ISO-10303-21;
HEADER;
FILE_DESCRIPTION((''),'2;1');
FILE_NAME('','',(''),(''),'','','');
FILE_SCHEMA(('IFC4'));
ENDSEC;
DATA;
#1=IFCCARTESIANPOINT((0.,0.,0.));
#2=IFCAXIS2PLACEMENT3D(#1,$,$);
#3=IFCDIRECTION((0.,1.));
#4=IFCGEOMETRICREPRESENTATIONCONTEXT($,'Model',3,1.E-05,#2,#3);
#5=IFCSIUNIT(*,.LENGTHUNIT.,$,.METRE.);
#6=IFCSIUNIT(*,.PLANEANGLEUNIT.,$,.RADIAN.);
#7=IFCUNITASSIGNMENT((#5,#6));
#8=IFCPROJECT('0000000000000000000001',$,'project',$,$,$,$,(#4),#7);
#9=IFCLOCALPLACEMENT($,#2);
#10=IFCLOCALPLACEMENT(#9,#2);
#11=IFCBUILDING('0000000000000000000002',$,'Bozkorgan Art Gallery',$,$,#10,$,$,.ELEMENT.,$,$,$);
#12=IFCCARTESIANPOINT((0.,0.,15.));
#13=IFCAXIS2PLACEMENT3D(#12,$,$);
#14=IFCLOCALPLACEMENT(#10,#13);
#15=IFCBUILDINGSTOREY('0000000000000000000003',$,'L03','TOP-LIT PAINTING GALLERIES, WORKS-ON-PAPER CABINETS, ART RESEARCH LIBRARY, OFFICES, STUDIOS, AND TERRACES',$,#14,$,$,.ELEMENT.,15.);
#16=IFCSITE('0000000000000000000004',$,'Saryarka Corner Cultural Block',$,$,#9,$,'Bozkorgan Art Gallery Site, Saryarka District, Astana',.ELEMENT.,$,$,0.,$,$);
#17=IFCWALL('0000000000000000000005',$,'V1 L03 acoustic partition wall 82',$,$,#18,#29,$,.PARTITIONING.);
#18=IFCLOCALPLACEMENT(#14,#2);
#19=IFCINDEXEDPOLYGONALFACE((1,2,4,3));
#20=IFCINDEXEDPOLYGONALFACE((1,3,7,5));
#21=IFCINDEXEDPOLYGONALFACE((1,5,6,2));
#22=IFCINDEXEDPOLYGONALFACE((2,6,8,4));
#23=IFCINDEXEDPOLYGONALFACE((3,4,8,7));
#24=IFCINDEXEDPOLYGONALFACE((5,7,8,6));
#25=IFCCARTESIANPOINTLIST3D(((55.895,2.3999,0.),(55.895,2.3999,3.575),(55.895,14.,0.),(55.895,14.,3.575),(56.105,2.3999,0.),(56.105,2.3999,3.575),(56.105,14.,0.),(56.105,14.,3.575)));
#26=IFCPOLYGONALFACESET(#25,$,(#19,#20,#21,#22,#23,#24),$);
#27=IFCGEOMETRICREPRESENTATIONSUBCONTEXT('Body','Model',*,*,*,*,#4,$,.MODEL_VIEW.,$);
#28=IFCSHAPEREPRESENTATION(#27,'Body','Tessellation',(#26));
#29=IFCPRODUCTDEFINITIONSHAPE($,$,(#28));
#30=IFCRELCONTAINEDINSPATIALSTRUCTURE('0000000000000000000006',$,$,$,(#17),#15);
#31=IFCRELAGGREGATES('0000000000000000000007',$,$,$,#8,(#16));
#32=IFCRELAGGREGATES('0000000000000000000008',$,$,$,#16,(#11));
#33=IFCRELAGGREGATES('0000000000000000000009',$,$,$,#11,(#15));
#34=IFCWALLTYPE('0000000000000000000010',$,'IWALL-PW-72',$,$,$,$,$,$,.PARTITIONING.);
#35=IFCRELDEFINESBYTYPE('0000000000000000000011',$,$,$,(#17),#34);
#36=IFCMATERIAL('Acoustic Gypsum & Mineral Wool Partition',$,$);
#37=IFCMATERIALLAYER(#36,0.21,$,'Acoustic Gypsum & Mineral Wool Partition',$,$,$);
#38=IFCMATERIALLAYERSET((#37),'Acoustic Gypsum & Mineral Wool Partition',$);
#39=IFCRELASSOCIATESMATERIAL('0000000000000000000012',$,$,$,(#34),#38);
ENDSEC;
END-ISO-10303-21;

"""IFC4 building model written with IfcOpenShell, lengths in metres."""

from ifc_helpers import new_model, si_unit, direction, frame, frame_2d, origin, place, context, subcontext, project, spatial, rectangle, extrude, material, layer, layer_set, type_object, element, save


model = new_model("IFC4")

# Units and contexts
model_context = context("Model", 3, precision=1e-05, world=origin(), true_north=direction((0.0, 1.0)))
body_context = subcontext(model_context, "Body", "Model", "MODEL_VIEW")
ifc_project = project(units=[si_unit("LENGTHUNIT", "METRE"), si_unit("PLANEANGLEUNIT", "RADIAN")], contexts=[model_context])

# Site, building, storey
site_placement = place(None, origin())
site = spatial("IfcSite", under=ifc_project, at=site_placement, Name="Saryarka Corner Cultural Block", LongName="Bozkorgan Art Gallery Site, Saryarka District, Astana", CompositionType="ELEMENT", RefElevation=0.0)
building_placement = place(site_placement, origin())
building = spatial("IfcBuilding", under=site, at=building_placement, Name="Bozkorgan Art Gallery", CompositionType="ELEMENT")
storey_placement = place(building_placement, frame((0.0, 0.0, 15.0)))
storey = spatial("IfcBuildingStorey", under=building, at=storey_placement, Name="L03", Description="TOP-LIT PAINTING GALLERIES, WORKS-ON-PAPER CABINETS, ART RESEARCH LIBRARY, OFFICES, STUDIOS, AND TERRACES", CompositionType="ELEMENT", Elevation=15.0)

# Wall
ifc_material_1 = material(Name="Acoustic Gypsum & Mineral Wool Partition")
ifc_layer_1 = layer(ifc_material_1, 0.21, Name="Acoustic Gypsum & Mineral Wool Partition")
ifc_layer_set_1 = layer_set([ifc_layer_1], Name="Acoustic Gypsum & Mineral Wool Partition")
wall_type = type_object("IfcWallType", Name="IWALL-PW-72", PredefinedType="PARTITIONING", material=ifc_layer_set_1)
wall_placement = place(storey_placement, frame((56.0, 2.3999, 0.0), z_axis=(0.0, 0.0, 1.0), x_axis=(0.0, 1.0, 0.0)))
element("IfcWall", 1, at=wall_placement, inside=storey, type_object=wall_type, Name="V1 L03 acoustic partition wall 82", PredefinedType="PARTITIONING", context=body_context, shape_type="SweptSolid", body=[
    extrude(rectangle(XDim=11.6001, YDim=0.21, at=frame_2d((5.8, 0.0))), origin(), (0.0, 0.0, 1.0), 3.575),
])

save(model, "model.ifc")
